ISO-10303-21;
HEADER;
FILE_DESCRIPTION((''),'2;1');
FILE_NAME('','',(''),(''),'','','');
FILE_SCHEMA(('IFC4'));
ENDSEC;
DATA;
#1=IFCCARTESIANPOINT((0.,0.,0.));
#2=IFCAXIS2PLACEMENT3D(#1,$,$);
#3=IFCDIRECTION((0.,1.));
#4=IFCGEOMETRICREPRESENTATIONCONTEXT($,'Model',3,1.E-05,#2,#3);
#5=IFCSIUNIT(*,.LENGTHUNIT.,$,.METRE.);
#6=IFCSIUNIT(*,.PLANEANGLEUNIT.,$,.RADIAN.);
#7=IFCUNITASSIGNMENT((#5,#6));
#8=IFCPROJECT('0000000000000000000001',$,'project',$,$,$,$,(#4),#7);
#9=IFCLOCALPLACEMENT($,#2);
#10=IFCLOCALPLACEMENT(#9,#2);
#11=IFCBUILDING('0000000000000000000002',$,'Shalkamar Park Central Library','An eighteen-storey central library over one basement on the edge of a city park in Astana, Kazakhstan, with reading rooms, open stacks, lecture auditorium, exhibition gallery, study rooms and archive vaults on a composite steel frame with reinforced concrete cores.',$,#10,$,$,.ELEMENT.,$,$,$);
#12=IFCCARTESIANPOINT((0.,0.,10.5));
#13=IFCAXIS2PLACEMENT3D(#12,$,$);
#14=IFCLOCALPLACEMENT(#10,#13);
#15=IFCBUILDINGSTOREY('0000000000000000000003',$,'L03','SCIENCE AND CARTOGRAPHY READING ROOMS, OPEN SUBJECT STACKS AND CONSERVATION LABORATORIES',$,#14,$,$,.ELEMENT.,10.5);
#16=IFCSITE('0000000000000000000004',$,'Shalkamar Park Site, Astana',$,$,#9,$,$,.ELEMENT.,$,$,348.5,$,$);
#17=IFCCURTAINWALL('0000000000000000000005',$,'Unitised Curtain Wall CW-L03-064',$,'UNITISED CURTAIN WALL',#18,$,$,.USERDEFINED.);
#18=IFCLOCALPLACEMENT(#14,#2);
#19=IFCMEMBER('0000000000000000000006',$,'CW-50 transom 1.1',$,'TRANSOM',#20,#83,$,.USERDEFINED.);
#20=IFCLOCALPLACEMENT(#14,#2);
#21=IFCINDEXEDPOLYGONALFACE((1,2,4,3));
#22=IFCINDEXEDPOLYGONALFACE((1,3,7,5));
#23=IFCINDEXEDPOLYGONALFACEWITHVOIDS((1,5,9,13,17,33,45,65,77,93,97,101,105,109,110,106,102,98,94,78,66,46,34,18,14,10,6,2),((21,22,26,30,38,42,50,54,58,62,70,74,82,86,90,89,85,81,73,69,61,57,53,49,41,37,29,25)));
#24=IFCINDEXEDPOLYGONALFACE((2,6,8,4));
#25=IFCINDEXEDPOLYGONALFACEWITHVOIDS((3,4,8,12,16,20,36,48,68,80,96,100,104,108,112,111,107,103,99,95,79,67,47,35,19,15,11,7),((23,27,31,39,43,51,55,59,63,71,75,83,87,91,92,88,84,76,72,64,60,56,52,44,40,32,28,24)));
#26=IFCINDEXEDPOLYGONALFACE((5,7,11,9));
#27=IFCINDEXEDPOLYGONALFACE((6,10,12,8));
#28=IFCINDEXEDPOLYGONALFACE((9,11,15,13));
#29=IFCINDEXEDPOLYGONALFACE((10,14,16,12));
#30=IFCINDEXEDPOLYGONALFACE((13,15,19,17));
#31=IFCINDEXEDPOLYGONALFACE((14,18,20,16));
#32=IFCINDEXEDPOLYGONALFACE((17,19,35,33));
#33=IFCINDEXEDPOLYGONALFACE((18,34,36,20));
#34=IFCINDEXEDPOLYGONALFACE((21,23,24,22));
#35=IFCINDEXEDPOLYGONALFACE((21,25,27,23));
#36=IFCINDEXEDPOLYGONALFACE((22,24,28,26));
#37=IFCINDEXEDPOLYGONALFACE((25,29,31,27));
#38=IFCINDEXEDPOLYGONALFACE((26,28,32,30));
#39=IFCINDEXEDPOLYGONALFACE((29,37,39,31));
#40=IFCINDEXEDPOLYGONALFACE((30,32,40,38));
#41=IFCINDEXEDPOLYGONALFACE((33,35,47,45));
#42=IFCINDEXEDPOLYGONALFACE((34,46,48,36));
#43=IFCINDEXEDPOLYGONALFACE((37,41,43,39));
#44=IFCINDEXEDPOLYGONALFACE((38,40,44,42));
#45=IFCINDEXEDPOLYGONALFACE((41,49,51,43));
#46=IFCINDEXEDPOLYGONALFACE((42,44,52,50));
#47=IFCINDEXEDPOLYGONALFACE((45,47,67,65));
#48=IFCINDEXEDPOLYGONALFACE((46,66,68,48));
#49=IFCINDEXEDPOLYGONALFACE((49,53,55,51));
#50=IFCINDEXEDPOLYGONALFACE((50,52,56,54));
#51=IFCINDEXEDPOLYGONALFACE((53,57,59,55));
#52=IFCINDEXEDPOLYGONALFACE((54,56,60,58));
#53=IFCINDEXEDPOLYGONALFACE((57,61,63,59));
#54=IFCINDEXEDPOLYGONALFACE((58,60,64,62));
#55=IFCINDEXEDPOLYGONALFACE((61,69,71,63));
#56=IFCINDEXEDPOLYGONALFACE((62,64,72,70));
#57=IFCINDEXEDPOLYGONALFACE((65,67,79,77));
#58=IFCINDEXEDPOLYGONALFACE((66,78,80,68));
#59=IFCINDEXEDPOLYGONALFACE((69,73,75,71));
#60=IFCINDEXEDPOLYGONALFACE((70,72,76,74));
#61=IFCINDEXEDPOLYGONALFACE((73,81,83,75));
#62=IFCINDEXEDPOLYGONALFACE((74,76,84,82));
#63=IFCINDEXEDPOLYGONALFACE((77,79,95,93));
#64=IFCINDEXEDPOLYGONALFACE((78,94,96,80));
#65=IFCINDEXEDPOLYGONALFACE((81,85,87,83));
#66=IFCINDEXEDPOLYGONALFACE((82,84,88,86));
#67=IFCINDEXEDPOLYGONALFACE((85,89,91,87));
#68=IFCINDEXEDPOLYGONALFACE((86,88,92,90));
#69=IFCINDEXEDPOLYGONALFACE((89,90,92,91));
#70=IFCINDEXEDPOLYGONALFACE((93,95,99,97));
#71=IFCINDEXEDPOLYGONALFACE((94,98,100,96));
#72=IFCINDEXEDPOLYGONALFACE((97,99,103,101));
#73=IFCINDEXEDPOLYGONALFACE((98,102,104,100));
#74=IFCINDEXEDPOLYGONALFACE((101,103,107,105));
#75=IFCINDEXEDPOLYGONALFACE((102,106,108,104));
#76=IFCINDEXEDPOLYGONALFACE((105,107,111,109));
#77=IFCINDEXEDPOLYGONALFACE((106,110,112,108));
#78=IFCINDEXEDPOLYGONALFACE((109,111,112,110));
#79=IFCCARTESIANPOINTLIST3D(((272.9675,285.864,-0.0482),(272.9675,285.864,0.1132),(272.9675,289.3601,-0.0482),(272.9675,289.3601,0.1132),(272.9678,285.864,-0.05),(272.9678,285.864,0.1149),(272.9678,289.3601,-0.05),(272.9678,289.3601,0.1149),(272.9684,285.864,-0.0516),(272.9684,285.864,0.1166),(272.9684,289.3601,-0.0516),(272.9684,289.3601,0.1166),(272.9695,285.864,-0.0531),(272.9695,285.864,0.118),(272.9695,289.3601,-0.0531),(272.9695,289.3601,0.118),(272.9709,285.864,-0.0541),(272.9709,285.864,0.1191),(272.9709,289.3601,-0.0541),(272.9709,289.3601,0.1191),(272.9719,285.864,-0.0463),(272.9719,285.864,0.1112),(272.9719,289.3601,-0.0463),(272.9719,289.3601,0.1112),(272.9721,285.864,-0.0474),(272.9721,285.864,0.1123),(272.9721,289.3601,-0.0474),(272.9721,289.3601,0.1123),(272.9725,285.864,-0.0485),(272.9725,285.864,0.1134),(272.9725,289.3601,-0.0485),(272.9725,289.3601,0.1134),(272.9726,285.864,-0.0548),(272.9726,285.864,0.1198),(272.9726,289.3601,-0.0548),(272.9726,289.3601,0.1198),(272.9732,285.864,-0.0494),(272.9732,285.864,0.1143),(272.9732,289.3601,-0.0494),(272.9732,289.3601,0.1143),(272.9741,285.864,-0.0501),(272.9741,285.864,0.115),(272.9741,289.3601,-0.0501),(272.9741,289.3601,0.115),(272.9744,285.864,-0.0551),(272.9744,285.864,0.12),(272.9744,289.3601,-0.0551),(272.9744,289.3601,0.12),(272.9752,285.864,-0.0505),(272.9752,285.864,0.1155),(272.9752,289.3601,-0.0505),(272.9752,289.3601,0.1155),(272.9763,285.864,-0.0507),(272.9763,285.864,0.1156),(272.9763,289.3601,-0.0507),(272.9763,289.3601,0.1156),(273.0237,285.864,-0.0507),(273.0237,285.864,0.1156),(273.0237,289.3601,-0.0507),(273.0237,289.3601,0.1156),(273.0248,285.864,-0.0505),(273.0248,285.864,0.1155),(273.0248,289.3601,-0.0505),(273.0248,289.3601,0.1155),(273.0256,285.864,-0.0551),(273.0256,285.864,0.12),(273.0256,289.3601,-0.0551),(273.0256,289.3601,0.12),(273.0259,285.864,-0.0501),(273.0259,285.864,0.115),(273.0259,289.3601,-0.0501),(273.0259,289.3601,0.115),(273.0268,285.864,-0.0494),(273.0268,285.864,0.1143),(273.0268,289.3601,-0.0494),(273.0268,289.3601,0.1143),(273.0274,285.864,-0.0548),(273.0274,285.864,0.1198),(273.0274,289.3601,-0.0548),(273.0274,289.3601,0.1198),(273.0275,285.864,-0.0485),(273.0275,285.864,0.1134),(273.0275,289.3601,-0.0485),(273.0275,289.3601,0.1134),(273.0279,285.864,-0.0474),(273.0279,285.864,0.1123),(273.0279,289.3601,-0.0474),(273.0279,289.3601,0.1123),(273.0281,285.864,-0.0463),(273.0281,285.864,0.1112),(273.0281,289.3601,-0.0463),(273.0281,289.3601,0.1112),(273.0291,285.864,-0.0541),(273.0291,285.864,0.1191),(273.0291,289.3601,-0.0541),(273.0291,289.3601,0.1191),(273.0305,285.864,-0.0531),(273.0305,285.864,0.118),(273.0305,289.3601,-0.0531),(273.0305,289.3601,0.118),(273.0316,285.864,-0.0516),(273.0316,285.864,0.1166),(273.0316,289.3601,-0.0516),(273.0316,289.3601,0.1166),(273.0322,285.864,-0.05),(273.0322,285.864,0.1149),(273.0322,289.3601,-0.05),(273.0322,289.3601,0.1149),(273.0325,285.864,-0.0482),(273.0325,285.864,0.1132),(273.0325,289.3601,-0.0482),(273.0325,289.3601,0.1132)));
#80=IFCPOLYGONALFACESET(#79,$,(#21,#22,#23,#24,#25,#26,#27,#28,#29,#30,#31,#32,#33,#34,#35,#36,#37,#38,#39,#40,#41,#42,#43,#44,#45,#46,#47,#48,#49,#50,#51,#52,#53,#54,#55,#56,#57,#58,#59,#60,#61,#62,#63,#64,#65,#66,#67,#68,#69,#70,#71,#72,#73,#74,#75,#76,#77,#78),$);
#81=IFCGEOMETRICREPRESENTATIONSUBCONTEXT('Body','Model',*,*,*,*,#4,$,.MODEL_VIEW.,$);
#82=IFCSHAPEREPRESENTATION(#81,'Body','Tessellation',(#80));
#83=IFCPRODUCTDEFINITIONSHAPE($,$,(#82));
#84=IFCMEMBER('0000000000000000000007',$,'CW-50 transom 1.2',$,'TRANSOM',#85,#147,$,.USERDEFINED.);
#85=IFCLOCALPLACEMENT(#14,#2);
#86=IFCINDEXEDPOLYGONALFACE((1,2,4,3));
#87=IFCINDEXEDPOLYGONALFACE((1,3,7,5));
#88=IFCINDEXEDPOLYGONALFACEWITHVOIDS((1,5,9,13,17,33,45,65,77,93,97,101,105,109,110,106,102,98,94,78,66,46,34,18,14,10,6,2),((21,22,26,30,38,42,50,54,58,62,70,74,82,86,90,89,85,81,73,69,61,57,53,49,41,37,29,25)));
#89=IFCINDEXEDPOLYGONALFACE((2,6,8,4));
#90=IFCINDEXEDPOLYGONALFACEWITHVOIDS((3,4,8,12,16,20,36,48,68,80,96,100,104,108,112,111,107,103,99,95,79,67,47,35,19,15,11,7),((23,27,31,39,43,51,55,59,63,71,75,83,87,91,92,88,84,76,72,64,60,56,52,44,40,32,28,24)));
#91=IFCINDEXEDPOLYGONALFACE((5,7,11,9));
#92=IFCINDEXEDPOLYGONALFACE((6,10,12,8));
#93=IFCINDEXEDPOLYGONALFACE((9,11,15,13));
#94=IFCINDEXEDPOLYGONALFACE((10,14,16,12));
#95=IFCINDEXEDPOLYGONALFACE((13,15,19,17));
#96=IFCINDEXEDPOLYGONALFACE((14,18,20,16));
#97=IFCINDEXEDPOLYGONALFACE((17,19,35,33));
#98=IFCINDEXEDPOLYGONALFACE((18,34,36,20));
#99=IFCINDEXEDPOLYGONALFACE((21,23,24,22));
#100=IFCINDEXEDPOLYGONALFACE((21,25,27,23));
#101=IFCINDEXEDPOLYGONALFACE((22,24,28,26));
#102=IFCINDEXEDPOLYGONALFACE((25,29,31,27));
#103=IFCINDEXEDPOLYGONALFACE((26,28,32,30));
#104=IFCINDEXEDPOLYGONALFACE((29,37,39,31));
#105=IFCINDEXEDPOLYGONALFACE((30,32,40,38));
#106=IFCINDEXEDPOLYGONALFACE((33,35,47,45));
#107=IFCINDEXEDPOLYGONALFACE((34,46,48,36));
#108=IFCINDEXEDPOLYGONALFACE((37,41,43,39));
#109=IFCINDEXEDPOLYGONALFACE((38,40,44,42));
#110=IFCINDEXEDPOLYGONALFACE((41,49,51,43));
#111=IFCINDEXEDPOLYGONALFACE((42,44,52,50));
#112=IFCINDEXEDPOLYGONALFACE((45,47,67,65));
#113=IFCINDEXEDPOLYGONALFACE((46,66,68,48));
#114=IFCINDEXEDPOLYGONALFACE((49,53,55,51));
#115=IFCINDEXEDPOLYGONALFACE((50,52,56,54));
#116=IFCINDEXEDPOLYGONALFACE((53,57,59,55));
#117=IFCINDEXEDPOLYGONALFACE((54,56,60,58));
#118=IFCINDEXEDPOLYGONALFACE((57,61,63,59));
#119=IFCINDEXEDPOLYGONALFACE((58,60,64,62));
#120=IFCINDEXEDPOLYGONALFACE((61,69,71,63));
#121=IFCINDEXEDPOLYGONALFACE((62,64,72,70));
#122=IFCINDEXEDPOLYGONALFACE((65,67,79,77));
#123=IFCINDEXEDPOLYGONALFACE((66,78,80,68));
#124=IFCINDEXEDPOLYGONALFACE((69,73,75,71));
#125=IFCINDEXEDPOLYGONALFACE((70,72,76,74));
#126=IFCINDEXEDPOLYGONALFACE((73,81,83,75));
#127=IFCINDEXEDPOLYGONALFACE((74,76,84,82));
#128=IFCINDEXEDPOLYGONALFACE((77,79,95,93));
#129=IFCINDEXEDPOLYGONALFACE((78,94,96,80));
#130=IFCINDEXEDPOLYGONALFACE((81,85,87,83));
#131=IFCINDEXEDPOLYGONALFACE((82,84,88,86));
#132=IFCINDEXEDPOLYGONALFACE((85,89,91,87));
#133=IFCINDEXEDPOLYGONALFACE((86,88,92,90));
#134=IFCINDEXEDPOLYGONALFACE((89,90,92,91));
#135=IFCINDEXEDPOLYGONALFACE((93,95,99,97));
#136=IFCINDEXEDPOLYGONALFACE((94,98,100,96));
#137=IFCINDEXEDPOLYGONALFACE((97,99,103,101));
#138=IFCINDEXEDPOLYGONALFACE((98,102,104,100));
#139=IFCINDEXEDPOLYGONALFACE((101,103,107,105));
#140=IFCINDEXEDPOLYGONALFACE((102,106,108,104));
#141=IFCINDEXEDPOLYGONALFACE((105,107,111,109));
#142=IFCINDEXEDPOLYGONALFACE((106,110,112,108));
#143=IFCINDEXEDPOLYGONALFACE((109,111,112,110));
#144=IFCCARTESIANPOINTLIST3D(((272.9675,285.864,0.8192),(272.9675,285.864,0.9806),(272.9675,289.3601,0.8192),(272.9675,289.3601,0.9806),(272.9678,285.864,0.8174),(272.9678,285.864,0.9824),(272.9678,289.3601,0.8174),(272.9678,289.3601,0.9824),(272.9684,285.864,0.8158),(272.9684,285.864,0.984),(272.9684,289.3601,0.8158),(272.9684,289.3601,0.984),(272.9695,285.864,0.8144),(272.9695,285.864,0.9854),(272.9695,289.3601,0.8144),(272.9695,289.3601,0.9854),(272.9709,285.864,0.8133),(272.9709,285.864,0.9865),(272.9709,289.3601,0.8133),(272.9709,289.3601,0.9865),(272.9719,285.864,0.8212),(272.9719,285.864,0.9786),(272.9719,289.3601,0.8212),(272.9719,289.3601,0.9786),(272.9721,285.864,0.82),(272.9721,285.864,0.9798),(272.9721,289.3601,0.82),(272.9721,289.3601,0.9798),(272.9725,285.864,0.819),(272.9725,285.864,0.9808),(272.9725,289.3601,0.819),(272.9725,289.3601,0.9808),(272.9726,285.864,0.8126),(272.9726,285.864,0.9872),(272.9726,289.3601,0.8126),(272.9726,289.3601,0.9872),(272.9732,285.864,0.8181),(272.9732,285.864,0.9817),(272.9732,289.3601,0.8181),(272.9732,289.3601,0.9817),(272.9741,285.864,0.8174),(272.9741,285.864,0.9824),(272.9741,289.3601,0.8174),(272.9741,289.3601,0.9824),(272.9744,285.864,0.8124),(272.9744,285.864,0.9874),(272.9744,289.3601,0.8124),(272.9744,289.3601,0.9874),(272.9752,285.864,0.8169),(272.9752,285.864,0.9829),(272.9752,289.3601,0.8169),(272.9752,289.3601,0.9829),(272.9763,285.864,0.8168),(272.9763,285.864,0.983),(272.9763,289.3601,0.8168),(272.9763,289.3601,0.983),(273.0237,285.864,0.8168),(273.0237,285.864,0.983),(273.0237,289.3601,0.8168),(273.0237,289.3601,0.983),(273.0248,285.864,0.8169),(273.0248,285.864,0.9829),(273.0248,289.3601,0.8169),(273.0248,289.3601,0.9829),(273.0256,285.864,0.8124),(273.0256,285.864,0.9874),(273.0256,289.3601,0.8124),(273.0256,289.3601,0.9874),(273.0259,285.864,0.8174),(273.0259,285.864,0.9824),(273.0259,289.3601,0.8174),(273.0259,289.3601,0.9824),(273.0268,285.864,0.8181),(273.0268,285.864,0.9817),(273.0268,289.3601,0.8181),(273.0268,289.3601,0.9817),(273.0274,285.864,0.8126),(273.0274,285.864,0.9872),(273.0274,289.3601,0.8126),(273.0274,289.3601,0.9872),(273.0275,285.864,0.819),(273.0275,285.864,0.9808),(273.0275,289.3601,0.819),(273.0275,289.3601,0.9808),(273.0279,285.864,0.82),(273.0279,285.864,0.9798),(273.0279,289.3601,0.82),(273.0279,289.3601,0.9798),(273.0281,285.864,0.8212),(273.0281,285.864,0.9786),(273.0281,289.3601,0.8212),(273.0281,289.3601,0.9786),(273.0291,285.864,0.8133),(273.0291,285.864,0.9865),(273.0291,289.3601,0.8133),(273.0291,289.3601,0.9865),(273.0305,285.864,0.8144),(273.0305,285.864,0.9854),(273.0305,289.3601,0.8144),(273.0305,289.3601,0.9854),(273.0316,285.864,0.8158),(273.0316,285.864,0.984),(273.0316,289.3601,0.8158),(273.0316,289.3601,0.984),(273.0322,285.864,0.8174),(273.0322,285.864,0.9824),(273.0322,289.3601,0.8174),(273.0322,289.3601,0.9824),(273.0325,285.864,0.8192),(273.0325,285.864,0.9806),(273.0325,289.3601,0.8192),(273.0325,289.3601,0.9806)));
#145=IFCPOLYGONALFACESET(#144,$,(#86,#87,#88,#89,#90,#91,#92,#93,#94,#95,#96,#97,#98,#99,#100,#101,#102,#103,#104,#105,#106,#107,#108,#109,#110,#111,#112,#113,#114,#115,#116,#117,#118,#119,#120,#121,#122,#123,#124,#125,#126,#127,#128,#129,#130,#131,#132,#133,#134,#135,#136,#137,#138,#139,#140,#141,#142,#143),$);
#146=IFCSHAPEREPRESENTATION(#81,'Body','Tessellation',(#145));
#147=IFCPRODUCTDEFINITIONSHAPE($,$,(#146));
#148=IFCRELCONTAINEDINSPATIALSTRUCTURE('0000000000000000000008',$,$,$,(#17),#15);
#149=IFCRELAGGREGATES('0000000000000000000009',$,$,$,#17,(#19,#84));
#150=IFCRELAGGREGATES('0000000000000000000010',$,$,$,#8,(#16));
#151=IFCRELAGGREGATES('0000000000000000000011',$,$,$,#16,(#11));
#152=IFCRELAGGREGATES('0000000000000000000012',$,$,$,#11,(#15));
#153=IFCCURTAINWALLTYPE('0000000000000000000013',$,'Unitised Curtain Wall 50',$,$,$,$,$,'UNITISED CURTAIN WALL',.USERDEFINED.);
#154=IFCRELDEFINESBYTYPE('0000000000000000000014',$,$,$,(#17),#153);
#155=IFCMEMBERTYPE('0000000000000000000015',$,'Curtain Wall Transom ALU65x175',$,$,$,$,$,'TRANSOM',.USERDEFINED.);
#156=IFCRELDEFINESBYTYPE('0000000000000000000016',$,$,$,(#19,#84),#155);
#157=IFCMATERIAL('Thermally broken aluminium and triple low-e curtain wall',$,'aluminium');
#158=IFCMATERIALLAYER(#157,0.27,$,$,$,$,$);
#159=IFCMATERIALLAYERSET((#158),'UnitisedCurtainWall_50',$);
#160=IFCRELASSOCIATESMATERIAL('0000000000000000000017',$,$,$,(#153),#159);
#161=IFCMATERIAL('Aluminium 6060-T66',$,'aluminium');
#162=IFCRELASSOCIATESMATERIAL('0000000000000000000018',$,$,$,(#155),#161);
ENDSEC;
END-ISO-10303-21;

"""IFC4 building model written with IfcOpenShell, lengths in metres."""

from ifc_helpers import new_model, si_unit, direction, frame, origin, origin_2d, place, context, subcontext, project, spatial, hollow_rectangle, extrude, material, layer, layer_set, material_profile, profile_set, type_object, element, aggregate, save


model = new_model("IFC4")

# Units and contexts
model_context = context("Model", 3, precision=1e-05, world=origin(), true_north=direction((0.0, 1.0)))
body_context = subcontext(model_context, "Body", "Model", "MODEL_VIEW")
ifc_project = project(units=[si_unit("LENGTHUNIT", "METRE"), si_unit("PLANEANGLEUNIT", "RADIAN")], contexts=[model_context])

# Site, building, storey
site_placement = place(None, origin())
site = spatial("IfcSite", under=ifc_project, at=site_placement, Name="Shalkamar Park Site, Astana", CompositionType="ELEMENT", RefElevation=348.5)
building_placement = place(site_placement, origin())
building = spatial("IfcBuilding", under=site, at=building_placement, Name="Shalkamar Park Central Library", Description="An eighteen-storey central library over one basement on the edge of a city park in Astana, Kazakhstan, with reading rooms, open stacks, lecture auditorium, exhibition gallery, study rooms and archive vaults on a composite steel frame with reinforced concrete cores.", CompositionType="ELEMENT")
storey_placement = place(building_placement, frame((0.0, 0.0, 10.5)))
storey = spatial("IfcBuildingStorey", under=building, at=storey_placement, Name="L03", Description="SCIENCE AND CARTOGRAPHY READING ROOMS, OPEN SUBJECT STACKS AND CONSERVATION LABORATORIES", CompositionType="ELEMENT", Elevation=10.5)

# Shared definitions
ifc_material_1 = material(Name="Thermally broken aluminium and triple low-e curtain wall", Category="aluminium")
ifc_material_2 = material(Name="Aluminium 6060-T66", Category="aluminium")

# Curtain wall
ifc_layer_1 = layer(ifc_material_1, 0.27)
ifc_layer_set_1 = layer_set([ifc_layer_1], Name="UnitisedCurtainWall_50")
curtain_wall_type_1 = type_object("IfcCurtainWallType", Name="Unitised Curtain Wall 50", ElementType="UNITISED CURTAIN WALL", PredefinedType="USERDEFINED", material=ifc_layer_set_1)
curtain_wall_1_placement = place(storey_placement, origin())
curtain_wall_1 = element("IfcCurtainWall", 1, at=curtain_wall_1_placement, inside=storey, type_object=curtain_wall_type_1, Name="Unitised Curtain Wall CW-L03-064", ObjectType="UNITISED CURTAIN WALL", PredefinedType="USERDEFINED")

# Members
ifc_material_profile_1 = material_profile(ifc_material_2, hollow_rectangle(XDim=0.0649, YDim=0.175, WallThickness=0.0044, InnerFilletRadius=0.0044, OuterFilletRadius=0.0068, at=origin_2d()), Name="ALU 65x175x4.5")
ifc_profile_set_1 = profile_set([ifc_material_profile_1], Name="Aluminium 6060-T66")
member_type_1 = type_object("IfcMemberType", Name="Curtain Wall Transom ALU65x175", ElementType="TRANSOM", PredefinedType="USERDEFINED", material=ifc_profile_set_1)
member_1_placement = place(storey_placement, frame((273.0, 285.864, 0.0325), z_axis=(0.0, 1.0, 0.0), x_axis=(-1.0, 0.0, 0.0)))
member_1 = element("IfcMember", 2, at=member_1_placement, type_object=member_type_1, Name="CW-50 transom 1.1", ObjectType="TRANSOM", PredefinedType="USERDEFINED", context=body_context, shape_type="SweptSolid", body=[
    extrude(hollow_rectangle(XDim=0.0649, YDim=0.175, WallThickness=0.0044, InnerFilletRadius=0.0044, OuterFilletRadius=0.0068, at=origin_2d()), origin(), (0.0, 0.0, 1.0), 3.4961),
])
member_2_placement = place(storey_placement, frame((273.0, 285.864, 0.8999), z_axis=(0.0, 1.0, 0.0), x_axis=(-1.0, 0.0, 0.0)))
member_2 = element("IfcMember", 3, at=member_2_placement, type_object=member_type_1, Name="CW-50 transom 1.2", ObjectType="TRANSOM", PredefinedType="USERDEFINED", context=body_context, shape_type="SweptSolid", body=[
    extrude(hollow_rectangle(XDim=0.0649, YDim=0.175, WallThickness=0.0044, InnerFilletRadius=0.0044, OuterFilletRadius=0.0068, at=origin_2d()), origin(), (0.0, 0.0, 1.0), 3.4961),
])

aggregate(curtain_wall_1, [member_1, member_2])

save(model, "model.ifc")
